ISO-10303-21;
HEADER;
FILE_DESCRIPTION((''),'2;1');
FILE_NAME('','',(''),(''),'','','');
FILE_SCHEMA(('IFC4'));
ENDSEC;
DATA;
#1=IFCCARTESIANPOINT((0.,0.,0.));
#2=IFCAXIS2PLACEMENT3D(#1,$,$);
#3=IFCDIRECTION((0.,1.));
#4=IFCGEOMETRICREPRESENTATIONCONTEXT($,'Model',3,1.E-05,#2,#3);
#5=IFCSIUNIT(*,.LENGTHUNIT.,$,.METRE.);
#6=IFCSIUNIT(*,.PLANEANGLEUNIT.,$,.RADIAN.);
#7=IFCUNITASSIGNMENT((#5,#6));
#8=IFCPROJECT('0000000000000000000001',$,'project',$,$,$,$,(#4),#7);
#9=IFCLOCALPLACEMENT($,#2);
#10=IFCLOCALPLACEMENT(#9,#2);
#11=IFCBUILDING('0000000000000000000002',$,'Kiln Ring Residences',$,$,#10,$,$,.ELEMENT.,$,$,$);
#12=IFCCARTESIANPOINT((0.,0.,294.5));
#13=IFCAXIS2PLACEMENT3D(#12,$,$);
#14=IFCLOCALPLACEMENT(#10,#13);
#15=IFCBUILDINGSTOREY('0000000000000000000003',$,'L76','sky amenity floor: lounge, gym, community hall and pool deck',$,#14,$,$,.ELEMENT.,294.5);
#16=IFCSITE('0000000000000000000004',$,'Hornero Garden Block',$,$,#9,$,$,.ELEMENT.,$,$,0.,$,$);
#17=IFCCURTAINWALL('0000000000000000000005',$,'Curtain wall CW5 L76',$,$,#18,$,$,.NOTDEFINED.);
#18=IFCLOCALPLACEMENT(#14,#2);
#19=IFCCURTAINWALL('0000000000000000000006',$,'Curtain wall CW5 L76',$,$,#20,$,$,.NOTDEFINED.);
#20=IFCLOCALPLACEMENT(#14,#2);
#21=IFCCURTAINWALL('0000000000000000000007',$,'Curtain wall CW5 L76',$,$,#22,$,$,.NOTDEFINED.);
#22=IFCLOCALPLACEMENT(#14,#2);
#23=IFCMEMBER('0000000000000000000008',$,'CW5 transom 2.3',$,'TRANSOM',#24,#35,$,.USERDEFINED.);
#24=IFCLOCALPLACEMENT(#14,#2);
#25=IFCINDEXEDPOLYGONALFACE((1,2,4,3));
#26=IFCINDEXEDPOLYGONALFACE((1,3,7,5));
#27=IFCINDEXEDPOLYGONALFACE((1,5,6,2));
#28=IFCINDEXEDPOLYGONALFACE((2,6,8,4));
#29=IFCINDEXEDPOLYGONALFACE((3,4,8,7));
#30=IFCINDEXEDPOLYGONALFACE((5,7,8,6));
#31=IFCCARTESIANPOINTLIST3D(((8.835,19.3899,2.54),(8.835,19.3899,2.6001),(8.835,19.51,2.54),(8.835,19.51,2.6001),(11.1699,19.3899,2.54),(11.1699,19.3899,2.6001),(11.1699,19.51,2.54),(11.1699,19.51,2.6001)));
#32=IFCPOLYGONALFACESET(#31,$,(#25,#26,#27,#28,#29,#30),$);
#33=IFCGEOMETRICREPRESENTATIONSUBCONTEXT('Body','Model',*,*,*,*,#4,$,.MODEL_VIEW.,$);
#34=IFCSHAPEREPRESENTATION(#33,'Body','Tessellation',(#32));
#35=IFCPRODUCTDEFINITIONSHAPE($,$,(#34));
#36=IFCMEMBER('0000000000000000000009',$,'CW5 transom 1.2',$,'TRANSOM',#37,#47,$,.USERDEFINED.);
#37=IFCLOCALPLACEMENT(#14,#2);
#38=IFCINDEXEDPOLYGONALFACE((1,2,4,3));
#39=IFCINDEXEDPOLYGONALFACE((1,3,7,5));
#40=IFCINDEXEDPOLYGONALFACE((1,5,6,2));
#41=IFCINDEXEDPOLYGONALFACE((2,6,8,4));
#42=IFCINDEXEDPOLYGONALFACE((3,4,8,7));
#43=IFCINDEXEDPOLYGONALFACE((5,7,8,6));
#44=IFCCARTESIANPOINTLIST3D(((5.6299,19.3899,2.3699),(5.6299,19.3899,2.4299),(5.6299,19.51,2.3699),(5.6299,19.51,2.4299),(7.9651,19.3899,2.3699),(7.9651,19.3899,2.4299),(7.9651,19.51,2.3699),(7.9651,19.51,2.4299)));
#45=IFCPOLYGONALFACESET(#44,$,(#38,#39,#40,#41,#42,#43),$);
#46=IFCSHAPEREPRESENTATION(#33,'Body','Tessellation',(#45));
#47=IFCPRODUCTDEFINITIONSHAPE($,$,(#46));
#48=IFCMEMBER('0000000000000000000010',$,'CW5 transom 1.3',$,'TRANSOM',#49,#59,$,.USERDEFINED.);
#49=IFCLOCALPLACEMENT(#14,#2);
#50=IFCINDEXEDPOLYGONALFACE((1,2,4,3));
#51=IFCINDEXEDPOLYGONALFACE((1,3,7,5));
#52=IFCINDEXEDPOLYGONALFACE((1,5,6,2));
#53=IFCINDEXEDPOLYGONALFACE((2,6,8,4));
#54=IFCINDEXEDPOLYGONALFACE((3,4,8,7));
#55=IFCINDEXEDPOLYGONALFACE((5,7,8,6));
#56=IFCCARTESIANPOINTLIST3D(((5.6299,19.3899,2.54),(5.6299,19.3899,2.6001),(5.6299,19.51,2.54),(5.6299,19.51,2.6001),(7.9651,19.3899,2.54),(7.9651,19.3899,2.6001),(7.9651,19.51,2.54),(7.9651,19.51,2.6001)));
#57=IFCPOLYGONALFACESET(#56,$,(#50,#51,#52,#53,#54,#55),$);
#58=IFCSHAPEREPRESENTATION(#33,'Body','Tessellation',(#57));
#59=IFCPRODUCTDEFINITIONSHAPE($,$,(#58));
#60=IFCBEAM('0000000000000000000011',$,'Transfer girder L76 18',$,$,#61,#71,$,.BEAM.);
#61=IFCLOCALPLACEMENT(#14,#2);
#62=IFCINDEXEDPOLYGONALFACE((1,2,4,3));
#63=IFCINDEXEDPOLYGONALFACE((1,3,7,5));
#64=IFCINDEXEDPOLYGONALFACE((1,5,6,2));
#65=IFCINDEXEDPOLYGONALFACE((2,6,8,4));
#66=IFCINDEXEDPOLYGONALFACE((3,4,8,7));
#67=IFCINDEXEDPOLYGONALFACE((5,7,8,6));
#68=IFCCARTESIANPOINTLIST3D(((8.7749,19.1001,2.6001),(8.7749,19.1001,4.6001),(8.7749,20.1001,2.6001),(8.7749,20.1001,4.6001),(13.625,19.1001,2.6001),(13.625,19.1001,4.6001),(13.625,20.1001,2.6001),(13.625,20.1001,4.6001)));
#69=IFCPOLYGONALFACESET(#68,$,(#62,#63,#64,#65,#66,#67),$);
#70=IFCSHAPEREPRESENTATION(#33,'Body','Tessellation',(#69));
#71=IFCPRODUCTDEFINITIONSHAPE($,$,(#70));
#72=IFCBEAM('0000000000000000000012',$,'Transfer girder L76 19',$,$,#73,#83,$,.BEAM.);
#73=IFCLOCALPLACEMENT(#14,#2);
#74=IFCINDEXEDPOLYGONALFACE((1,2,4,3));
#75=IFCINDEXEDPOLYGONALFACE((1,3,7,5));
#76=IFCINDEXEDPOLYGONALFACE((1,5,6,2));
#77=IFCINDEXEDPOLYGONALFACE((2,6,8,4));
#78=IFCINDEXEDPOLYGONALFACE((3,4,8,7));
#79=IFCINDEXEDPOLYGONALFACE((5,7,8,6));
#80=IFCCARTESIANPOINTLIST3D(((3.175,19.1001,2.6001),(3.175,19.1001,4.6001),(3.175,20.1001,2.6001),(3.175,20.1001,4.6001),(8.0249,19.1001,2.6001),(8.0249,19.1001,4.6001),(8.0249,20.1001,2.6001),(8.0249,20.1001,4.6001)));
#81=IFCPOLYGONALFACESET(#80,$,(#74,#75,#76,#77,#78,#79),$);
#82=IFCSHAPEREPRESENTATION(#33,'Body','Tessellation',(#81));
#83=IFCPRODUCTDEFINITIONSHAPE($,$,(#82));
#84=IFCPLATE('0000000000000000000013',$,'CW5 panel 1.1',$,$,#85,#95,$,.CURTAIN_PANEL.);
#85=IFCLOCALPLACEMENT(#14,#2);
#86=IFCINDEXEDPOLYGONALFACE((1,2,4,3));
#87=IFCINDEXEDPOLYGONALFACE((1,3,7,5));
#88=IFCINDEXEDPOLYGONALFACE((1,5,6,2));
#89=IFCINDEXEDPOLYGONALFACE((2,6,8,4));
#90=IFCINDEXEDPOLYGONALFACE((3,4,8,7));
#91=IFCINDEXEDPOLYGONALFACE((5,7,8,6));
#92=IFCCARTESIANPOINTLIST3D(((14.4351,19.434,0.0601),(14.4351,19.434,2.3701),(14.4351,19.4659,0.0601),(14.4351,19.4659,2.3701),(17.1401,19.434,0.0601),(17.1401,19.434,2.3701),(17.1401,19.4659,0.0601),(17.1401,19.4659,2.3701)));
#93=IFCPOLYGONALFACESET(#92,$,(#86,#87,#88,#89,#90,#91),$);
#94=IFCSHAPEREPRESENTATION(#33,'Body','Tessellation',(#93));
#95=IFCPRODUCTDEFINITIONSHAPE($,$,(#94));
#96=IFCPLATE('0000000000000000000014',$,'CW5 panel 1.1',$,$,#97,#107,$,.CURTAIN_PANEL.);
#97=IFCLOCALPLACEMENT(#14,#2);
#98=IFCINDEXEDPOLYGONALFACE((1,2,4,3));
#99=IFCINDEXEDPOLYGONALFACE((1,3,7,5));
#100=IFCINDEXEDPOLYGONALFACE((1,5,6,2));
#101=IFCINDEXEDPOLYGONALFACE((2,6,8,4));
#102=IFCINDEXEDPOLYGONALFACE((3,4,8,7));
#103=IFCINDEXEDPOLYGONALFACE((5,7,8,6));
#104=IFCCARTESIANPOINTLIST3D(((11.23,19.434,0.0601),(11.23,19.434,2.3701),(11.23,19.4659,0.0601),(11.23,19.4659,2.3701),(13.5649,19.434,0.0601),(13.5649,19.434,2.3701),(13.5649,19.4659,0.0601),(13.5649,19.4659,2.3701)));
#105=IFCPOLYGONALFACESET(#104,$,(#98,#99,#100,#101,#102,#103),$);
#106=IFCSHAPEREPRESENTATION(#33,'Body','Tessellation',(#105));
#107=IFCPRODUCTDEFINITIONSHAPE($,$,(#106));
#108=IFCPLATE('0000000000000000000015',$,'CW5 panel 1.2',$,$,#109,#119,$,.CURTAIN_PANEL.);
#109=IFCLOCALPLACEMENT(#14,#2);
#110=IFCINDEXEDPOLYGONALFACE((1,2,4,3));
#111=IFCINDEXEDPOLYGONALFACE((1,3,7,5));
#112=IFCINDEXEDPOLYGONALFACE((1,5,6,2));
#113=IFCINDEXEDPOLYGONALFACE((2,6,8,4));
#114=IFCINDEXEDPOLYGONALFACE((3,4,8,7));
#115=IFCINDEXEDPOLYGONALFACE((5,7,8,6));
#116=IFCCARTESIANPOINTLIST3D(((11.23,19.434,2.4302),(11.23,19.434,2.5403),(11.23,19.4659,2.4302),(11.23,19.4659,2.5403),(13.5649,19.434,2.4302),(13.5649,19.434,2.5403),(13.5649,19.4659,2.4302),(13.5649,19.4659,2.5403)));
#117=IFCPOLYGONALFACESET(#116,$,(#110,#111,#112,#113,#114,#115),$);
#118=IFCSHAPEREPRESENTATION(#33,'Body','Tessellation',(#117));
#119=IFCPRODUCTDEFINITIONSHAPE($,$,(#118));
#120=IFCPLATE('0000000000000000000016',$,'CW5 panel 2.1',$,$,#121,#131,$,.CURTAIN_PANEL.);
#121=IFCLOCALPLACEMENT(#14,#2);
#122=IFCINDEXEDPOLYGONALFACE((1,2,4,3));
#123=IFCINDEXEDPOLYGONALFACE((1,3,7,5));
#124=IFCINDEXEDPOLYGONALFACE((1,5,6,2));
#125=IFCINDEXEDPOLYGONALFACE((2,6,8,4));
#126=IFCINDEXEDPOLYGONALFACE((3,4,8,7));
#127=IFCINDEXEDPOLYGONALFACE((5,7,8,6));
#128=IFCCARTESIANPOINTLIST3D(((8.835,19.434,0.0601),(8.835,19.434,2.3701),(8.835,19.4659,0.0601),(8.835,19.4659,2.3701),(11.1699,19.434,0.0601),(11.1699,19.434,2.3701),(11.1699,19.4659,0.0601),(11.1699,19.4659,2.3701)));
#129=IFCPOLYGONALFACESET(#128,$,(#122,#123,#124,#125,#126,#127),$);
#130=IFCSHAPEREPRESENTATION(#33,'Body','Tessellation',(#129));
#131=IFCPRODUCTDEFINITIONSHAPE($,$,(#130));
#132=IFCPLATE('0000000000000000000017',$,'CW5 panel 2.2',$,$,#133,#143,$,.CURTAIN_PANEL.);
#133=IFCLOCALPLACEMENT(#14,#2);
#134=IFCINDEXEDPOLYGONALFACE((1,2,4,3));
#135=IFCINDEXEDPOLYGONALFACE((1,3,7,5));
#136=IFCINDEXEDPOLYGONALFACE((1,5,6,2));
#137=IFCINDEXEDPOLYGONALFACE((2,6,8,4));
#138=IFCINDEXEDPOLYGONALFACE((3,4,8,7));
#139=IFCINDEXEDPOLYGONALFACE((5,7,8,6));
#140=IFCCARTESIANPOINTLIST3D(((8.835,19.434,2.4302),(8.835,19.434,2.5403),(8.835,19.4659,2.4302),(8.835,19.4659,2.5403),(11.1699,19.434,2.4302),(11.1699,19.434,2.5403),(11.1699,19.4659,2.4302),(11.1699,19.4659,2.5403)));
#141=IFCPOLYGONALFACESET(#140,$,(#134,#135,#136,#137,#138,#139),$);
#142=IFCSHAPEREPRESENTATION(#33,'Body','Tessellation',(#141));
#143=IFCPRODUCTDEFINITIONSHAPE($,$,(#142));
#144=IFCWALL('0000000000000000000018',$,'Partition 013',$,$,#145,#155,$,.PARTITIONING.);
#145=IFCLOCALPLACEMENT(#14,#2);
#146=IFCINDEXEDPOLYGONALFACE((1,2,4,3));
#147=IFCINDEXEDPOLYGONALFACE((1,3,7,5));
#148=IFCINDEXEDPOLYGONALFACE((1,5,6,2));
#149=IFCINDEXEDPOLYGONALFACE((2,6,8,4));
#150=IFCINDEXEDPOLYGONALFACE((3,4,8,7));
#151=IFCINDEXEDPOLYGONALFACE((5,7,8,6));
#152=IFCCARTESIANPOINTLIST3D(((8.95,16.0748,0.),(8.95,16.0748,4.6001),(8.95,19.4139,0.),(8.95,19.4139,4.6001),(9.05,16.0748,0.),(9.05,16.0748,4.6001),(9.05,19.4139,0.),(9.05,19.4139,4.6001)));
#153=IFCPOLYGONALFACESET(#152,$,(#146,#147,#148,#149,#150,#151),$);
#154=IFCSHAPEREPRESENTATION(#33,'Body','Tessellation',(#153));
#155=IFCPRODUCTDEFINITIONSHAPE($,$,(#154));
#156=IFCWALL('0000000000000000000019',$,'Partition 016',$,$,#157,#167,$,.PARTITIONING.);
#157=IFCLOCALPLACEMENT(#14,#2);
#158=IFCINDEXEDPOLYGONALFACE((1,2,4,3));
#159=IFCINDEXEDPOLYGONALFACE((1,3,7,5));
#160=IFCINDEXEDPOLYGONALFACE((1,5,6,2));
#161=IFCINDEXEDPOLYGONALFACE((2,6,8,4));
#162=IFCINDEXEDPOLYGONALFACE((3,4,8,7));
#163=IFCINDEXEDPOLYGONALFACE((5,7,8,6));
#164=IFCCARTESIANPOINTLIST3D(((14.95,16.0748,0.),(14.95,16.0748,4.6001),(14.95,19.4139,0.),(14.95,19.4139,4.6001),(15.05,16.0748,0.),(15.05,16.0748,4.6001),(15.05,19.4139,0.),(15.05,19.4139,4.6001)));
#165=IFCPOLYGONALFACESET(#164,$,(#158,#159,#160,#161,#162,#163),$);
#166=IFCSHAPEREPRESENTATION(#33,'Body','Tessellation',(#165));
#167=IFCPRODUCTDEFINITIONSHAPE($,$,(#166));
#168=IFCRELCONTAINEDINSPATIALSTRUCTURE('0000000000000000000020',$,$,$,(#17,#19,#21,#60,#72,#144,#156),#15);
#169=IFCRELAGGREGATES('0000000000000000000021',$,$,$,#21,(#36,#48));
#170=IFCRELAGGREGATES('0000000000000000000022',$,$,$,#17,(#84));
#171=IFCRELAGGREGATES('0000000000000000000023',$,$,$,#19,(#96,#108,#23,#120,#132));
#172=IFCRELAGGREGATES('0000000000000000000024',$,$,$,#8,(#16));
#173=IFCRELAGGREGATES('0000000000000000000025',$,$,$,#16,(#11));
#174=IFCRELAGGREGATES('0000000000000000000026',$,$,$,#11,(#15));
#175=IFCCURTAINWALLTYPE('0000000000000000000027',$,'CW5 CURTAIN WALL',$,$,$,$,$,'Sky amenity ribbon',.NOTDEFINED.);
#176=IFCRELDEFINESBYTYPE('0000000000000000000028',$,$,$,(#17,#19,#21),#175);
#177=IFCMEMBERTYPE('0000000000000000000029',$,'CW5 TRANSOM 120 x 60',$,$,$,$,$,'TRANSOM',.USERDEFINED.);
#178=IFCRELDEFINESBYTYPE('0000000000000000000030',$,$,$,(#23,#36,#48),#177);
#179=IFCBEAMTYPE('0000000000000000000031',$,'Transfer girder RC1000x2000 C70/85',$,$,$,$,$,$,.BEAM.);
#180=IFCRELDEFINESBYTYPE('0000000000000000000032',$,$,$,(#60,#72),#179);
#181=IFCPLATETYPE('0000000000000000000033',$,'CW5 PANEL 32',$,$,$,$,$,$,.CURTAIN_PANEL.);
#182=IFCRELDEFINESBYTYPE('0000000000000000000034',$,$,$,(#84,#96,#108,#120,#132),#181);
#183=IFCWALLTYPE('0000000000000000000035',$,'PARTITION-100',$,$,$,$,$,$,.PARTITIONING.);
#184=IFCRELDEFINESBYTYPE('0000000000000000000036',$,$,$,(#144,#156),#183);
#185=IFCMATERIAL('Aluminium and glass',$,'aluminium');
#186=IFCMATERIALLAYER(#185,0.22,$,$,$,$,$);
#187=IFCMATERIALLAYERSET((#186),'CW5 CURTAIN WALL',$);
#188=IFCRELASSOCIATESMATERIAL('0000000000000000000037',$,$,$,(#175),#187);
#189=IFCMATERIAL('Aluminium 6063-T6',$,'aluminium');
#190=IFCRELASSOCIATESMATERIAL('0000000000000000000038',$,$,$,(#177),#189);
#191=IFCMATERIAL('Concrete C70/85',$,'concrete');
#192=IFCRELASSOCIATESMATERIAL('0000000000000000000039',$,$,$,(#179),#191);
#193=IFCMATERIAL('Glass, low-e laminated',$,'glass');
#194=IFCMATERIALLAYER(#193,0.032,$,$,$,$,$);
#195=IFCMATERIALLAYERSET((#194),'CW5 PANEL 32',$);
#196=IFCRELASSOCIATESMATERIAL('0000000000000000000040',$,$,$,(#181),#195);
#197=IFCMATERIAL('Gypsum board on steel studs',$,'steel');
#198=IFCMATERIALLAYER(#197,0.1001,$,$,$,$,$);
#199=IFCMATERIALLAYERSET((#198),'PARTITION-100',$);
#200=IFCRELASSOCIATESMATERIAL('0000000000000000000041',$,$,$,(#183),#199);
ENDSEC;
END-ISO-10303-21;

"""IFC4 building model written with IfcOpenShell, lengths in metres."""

from ifc_helpers import new_model, si_unit, direction, frame, frame_2d, origin, origin_2d, place, context, subcontext, project, spatial, rectangle, extrude, material, layer, layer_set, material_profile, profile_set, type_object, element, aggregate, save


model = new_model("IFC4")

# Units and contexts
model_context = context("Model", 3, precision=1e-05, world=origin(), true_north=direction((0.0, 1.0)))
body_context = subcontext(model_context, "Body", "Model", "MODEL_VIEW")
ifc_project = project(units=[si_unit("LENGTHUNIT", "METRE"), si_unit("PLANEANGLEUNIT", "RADIAN")], contexts=[model_context])

# Site, building, storey
site_placement = place(None, origin())
site = spatial("IfcSite", under=ifc_project, at=site_placement, Name="Hornero Garden Block", CompositionType="ELEMENT", RefElevation=0.0)
building_placement = place(site_placement, origin())
building = spatial("IfcBuilding", under=site, at=building_placement, Name="Kiln Ring Residences", CompositionType="ELEMENT")
storey_placement = place(building_placement, frame((0.0, 0.0, 294.5)))
storey = spatial("IfcBuildingStorey", under=building, at=storey_placement, Name="L76", Description="sky amenity floor: lounge, gym, community hall and pool deck", CompositionType="ELEMENT", Elevation=294.5)

# Curtain wall
ifc_material_1 = material(Name="Aluminium and glass", Category="aluminium")
ifc_layer_1 = layer(ifc_material_1, 0.22)
ifc_layer_set_1 = layer_set([ifc_layer_1], Name="CW5 CURTAIN WALL")
curtain_wall_type = type_object("IfcCurtainWallType", Name="CW5 CURTAIN WALL", ElementType="Sky amenity ribbon", PredefinedType="NOTDEFINED", material=ifc_layer_set_1)
placement = place(storey_placement, origin())
curtain_wall_1 = element("IfcCurtainWall", 1, at=placement, inside=storey, type_object=curtain_wall_type, Name="Curtain wall CW5 L76", PredefinedType="NOTDEFINED")

# Curtain wall
curtain_wall_2 = element("IfcCurtainWall", 2, at=placement, inside=storey, type_object=curtain_wall_type, Name="Curtain wall CW5 L76", PredefinedType="NOTDEFINED")

# Curtain wall
curtain_wall_3 = element("IfcCurtainWall", 3, at=placement, inside=storey, type_object=curtain_wall_type, Name="Curtain wall CW5 L76", PredefinedType="NOTDEFINED")

# Members
ifc_material_2 = material(Name="Aluminium 6063-T6", Category="aluminium")
ifc_material_profile_1 = material_profile(ifc_material_2, rectangle(XDim=0.1201, YDim=0.0601, at=origin_2d()), Name="AL 120x60")
ifc_profile_set_1 = profile_set([ifc_material_profile_1], Name="Aluminium 6063-T6")
member_type_1 = type_object("IfcMemberType", Name="CW5 TRANSOM 120 x 60", ElementType="TRANSOM", PredefinedType="USERDEFINED", material=ifc_profile_set_1)
member_1_placement = place(storey_placement, frame((11.1699, 19.45, 2.5701), z_axis=(-1.0, 0.0, 0.0), x_axis=(0.0, -1.0, 0.0)))
member_1 = element("IfcMember", 4, at=member_1_placement, type_object=member_type_1, Name="CW5 transom 2.3", ObjectType="TRANSOM", PredefinedType="USERDEFINED", context=body_context, shape_type="SweptSolid", body=[
    extrude(rectangle(XDim=0.1201, YDim=0.0601, at=origin_2d()), origin(), (0.0, 0.0, 1.0), 2.335),
])
member_2_placement = place(storey_placement, frame((7.9651, 19.45, 2.3999), z_axis=(-1.0, 0.0, 0.0), x_axis=(0.0, -1.0, 0.0)))
member_2 = element("IfcMember", 5, at=member_2_placement, type_object=member_type_1, Name="CW5 transom 1.2", ObjectType="TRANSOM", PredefinedType="USERDEFINED", context=body_context, shape_type="SweptSolid", body=[
    extrude(rectangle(XDim=0.1201, YDim=0.0601, at=origin_2d()), origin(), (0.0, 0.0, 1.0), 2.3352),
])
member_3_placement = place(storey_placement, frame((7.9651, 19.45, 2.5701), z_axis=(-1.0, 0.0, 0.0), x_axis=(0.0, -1.0, 0.0)))
member_3 = element("IfcMember", 6, at=member_3_placement, type_object=member_type_1, Name="CW5 transom 1.3", ObjectType="TRANSOM", PredefinedType="USERDEFINED", context=body_context, shape_type="SweptSolid", body=[
    extrude(rectangle(XDim=0.1201, YDim=0.0601, at=origin_2d()), origin(), (0.0, 0.0, 1.0), 2.3352),
])
aggregate(curtain_wall_3, [member_2, member_3])

# Beams
ifc_material_3 = material(Name="Concrete C70/85", Category="concrete")
ifc_material_profile_2 = material_profile(ifc_material_3, rectangle(XDim=1.0, YDim=2.0, at=origin_2d()), Name="RC1000x2000")
ifc_profile_set_2 = profile_set([ifc_material_profile_2], Name="Concrete C70/85")
beam_type = type_object("IfcBeamType", Name="Transfer girder RC1000x2000 C70/85", PredefinedType="BEAM", material=ifc_profile_set_2)
beam_1_placement = place(storey_placement, frame((13.625, 19.6001, 3.6001), z_axis=(-1.0, 0.0, 0.0), x_axis=(0.0, -1.0, 0.0)))
element("IfcBeam", 7, at=beam_1_placement, inside=storey, type_object=beam_type, Name="Transfer girder L76 18", PredefinedType="BEAM", context=body_context, shape_type="SweptSolid", body=[
    extrude(rectangle(XDim=1.0, YDim=2.0, at=origin_2d()), origin(), (0.0, 0.0, 1.0), 4.8501),
])
beam_2_placement = place(storey_placement, frame((8.0249, 19.6001, 3.6001), z_axis=(-1.0, 0.0, 0.0), x_axis=(0.0, -1.0, 0.0)))
element("IfcBeam", 8, at=beam_2_placement, inside=storey, type_object=beam_type, Name="Transfer girder L76 19", PredefinedType="BEAM", context=body_context, shape_type="SweptSolid", body=[
    extrude(rectangle(XDim=1.0, YDim=2.0, at=origin_2d()), origin(), (0.0, 0.0, 1.0), 4.8499),
])

# Plates
ifc_material_4 = material(Name="Glass, low-e laminated", Category="glass")
ifc_layer_2 = layer(ifc_material_4, 0.032)
ifc_layer_set_2 = layer_set([ifc_layer_2], Name="CW5 PANEL 32")
plate_type = type_object("IfcPlateType", Name="CW5 PANEL 32", PredefinedType="CURTAIN_PANEL", material=ifc_layer_set_2)
plate_1_placement = place(storey_placement, frame((15.7876, 19.45, 0.0601), z_axis=(0.0, 0.0, 1.0), x_axis=(-1.0, 0.0, 0.0)))
plate_1 = element("IfcPlate", 9, at=plate_1_placement, type_object=plate_type, Name="CW5 panel 1.1", PredefinedType="CURTAIN_PANEL", context=body_context, shape_type="SweptSolid", body=[
    extrude(rectangle(XDim=2.7051, YDim=0.032, at=origin_2d()), origin(), (0.0, 0.0, 1.0), 2.3101),
])
aggregate(curtain_wall_1, [plate_1])
plate_2_placement = place(storey_placement, frame((12.3975, 19.45, 0.0601), z_axis=(0.0, 0.0, 1.0), x_axis=(-1.0, 0.0, 0.0)))
plate_2 = element("IfcPlate", 10, at=plate_2_placement, type_object=plate_type, Name="CW5 panel 1.1", PredefinedType="CURTAIN_PANEL", context=body_context, shape_type="SweptSolid", body=[
    extrude(rectangle(XDim=2.335, YDim=0.032, at=origin_2d()), origin(), (0.0, 0.0, 1.0), 2.3101),
])
plate_3_placement = place(storey_placement, frame((12.3975, 19.45, 2.4302), z_axis=(0.0, 0.0, 1.0), x_axis=(-1.0, 0.0, 0.0)))
plate_3 = element("IfcPlate", 11, at=plate_3_placement, type_object=plate_type, Name="CW5 panel 1.2", PredefinedType="CURTAIN_PANEL", context=body_context, shape_type="SweptSolid", body=[
    extrude(rectangle(XDim=2.335, YDim=0.032, at=origin_2d()), origin(), (0.0, 0.0, 1.0), 0.1101),
])
plate_4_placement = place(storey_placement, frame((10.0024, 19.45, 0.0601), z_axis=(0.0, 0.0, 1.0), x_axis=(-1.0, 0.0, 0.0)))
plate_4 = element("IfcPlate", 12, at=plate_4_placement, type_object=plate_type, Name="CW5 panel 2.1", PredefinedType="CURTAIN_PANEL", context=body_context, shape_type="SweptSolid", body=[
    extrude(rectangle(XDim=2.335, YDim=0.032, at=origin_2d()), origin(), (0.0, 0.0, 1.0), 2.3101),
])
plate_5_placement = place(storey_placement, frame((10.0024, 19.45, 2.4302), z_axis=(0.0, 0.0, 1.0), x_axis=(-1.0, 0.0, 0.0)))
plate_5 = element("IfcPlate", 13, at=plate_5_placement, type_object=plate_type, Name="CW5 panel 2.2", PredefinedType="CURTAIN_PANEL", context=body_context, shape_type="SweptSolid", body=[
    extrude(rectangle(XDim=2.335, YDim=0.032, at=origin_2d()), origin(), (0.0, 0.0, 1.0), 0.1101),
])
aggregate(curtain_wall_2, [plate_2, plate_3, member_1, plate_4, plate_5])

# Walls
ifc_material_5 = material(Name="Gypsum board on steel studs", Category="steel")
ifc_layer_3 = layer(ifc_material_5, 0.1001)
ifc_layer_set_3 = layer_set([ifc_layer_3], Name="PARTITION-100")
wall_type = type_object("IfcWallType", Name="PARTITION-100", PredefinedType="PARTITIONING", material=ifc_layer_set_3)
for number, where, z_axis, x_axis, name in (
    (14, (9.0, 16.075, 0.0), (0.0, 0.0, 1.0), (0.0, 1.0, 0.0), "Partition 013"),
    (15, (15.0, 16.075, 0.0), (0.0, 0.0, 1.0), (0.0, 1.0, 0.0), "Partition 016"),
):
    element("IfcWall", number, at=place(storey_placement, frame(where, z_axis=z_axis, x_axis=x_axis)), inside=storey, type_object=wall_type, Name=name, PredefinedType="PARTITIONING", context=body_context, shape_type="SweptSolid", body=[
        extrude(rectangle(XDim=3.3391, YDim=0.1001, at=frame_2d((1.6694, 0.0))), origin(), (0.0, 0.0, 1.0), 4.6001),
    ])

save(model, "model.ifc")
